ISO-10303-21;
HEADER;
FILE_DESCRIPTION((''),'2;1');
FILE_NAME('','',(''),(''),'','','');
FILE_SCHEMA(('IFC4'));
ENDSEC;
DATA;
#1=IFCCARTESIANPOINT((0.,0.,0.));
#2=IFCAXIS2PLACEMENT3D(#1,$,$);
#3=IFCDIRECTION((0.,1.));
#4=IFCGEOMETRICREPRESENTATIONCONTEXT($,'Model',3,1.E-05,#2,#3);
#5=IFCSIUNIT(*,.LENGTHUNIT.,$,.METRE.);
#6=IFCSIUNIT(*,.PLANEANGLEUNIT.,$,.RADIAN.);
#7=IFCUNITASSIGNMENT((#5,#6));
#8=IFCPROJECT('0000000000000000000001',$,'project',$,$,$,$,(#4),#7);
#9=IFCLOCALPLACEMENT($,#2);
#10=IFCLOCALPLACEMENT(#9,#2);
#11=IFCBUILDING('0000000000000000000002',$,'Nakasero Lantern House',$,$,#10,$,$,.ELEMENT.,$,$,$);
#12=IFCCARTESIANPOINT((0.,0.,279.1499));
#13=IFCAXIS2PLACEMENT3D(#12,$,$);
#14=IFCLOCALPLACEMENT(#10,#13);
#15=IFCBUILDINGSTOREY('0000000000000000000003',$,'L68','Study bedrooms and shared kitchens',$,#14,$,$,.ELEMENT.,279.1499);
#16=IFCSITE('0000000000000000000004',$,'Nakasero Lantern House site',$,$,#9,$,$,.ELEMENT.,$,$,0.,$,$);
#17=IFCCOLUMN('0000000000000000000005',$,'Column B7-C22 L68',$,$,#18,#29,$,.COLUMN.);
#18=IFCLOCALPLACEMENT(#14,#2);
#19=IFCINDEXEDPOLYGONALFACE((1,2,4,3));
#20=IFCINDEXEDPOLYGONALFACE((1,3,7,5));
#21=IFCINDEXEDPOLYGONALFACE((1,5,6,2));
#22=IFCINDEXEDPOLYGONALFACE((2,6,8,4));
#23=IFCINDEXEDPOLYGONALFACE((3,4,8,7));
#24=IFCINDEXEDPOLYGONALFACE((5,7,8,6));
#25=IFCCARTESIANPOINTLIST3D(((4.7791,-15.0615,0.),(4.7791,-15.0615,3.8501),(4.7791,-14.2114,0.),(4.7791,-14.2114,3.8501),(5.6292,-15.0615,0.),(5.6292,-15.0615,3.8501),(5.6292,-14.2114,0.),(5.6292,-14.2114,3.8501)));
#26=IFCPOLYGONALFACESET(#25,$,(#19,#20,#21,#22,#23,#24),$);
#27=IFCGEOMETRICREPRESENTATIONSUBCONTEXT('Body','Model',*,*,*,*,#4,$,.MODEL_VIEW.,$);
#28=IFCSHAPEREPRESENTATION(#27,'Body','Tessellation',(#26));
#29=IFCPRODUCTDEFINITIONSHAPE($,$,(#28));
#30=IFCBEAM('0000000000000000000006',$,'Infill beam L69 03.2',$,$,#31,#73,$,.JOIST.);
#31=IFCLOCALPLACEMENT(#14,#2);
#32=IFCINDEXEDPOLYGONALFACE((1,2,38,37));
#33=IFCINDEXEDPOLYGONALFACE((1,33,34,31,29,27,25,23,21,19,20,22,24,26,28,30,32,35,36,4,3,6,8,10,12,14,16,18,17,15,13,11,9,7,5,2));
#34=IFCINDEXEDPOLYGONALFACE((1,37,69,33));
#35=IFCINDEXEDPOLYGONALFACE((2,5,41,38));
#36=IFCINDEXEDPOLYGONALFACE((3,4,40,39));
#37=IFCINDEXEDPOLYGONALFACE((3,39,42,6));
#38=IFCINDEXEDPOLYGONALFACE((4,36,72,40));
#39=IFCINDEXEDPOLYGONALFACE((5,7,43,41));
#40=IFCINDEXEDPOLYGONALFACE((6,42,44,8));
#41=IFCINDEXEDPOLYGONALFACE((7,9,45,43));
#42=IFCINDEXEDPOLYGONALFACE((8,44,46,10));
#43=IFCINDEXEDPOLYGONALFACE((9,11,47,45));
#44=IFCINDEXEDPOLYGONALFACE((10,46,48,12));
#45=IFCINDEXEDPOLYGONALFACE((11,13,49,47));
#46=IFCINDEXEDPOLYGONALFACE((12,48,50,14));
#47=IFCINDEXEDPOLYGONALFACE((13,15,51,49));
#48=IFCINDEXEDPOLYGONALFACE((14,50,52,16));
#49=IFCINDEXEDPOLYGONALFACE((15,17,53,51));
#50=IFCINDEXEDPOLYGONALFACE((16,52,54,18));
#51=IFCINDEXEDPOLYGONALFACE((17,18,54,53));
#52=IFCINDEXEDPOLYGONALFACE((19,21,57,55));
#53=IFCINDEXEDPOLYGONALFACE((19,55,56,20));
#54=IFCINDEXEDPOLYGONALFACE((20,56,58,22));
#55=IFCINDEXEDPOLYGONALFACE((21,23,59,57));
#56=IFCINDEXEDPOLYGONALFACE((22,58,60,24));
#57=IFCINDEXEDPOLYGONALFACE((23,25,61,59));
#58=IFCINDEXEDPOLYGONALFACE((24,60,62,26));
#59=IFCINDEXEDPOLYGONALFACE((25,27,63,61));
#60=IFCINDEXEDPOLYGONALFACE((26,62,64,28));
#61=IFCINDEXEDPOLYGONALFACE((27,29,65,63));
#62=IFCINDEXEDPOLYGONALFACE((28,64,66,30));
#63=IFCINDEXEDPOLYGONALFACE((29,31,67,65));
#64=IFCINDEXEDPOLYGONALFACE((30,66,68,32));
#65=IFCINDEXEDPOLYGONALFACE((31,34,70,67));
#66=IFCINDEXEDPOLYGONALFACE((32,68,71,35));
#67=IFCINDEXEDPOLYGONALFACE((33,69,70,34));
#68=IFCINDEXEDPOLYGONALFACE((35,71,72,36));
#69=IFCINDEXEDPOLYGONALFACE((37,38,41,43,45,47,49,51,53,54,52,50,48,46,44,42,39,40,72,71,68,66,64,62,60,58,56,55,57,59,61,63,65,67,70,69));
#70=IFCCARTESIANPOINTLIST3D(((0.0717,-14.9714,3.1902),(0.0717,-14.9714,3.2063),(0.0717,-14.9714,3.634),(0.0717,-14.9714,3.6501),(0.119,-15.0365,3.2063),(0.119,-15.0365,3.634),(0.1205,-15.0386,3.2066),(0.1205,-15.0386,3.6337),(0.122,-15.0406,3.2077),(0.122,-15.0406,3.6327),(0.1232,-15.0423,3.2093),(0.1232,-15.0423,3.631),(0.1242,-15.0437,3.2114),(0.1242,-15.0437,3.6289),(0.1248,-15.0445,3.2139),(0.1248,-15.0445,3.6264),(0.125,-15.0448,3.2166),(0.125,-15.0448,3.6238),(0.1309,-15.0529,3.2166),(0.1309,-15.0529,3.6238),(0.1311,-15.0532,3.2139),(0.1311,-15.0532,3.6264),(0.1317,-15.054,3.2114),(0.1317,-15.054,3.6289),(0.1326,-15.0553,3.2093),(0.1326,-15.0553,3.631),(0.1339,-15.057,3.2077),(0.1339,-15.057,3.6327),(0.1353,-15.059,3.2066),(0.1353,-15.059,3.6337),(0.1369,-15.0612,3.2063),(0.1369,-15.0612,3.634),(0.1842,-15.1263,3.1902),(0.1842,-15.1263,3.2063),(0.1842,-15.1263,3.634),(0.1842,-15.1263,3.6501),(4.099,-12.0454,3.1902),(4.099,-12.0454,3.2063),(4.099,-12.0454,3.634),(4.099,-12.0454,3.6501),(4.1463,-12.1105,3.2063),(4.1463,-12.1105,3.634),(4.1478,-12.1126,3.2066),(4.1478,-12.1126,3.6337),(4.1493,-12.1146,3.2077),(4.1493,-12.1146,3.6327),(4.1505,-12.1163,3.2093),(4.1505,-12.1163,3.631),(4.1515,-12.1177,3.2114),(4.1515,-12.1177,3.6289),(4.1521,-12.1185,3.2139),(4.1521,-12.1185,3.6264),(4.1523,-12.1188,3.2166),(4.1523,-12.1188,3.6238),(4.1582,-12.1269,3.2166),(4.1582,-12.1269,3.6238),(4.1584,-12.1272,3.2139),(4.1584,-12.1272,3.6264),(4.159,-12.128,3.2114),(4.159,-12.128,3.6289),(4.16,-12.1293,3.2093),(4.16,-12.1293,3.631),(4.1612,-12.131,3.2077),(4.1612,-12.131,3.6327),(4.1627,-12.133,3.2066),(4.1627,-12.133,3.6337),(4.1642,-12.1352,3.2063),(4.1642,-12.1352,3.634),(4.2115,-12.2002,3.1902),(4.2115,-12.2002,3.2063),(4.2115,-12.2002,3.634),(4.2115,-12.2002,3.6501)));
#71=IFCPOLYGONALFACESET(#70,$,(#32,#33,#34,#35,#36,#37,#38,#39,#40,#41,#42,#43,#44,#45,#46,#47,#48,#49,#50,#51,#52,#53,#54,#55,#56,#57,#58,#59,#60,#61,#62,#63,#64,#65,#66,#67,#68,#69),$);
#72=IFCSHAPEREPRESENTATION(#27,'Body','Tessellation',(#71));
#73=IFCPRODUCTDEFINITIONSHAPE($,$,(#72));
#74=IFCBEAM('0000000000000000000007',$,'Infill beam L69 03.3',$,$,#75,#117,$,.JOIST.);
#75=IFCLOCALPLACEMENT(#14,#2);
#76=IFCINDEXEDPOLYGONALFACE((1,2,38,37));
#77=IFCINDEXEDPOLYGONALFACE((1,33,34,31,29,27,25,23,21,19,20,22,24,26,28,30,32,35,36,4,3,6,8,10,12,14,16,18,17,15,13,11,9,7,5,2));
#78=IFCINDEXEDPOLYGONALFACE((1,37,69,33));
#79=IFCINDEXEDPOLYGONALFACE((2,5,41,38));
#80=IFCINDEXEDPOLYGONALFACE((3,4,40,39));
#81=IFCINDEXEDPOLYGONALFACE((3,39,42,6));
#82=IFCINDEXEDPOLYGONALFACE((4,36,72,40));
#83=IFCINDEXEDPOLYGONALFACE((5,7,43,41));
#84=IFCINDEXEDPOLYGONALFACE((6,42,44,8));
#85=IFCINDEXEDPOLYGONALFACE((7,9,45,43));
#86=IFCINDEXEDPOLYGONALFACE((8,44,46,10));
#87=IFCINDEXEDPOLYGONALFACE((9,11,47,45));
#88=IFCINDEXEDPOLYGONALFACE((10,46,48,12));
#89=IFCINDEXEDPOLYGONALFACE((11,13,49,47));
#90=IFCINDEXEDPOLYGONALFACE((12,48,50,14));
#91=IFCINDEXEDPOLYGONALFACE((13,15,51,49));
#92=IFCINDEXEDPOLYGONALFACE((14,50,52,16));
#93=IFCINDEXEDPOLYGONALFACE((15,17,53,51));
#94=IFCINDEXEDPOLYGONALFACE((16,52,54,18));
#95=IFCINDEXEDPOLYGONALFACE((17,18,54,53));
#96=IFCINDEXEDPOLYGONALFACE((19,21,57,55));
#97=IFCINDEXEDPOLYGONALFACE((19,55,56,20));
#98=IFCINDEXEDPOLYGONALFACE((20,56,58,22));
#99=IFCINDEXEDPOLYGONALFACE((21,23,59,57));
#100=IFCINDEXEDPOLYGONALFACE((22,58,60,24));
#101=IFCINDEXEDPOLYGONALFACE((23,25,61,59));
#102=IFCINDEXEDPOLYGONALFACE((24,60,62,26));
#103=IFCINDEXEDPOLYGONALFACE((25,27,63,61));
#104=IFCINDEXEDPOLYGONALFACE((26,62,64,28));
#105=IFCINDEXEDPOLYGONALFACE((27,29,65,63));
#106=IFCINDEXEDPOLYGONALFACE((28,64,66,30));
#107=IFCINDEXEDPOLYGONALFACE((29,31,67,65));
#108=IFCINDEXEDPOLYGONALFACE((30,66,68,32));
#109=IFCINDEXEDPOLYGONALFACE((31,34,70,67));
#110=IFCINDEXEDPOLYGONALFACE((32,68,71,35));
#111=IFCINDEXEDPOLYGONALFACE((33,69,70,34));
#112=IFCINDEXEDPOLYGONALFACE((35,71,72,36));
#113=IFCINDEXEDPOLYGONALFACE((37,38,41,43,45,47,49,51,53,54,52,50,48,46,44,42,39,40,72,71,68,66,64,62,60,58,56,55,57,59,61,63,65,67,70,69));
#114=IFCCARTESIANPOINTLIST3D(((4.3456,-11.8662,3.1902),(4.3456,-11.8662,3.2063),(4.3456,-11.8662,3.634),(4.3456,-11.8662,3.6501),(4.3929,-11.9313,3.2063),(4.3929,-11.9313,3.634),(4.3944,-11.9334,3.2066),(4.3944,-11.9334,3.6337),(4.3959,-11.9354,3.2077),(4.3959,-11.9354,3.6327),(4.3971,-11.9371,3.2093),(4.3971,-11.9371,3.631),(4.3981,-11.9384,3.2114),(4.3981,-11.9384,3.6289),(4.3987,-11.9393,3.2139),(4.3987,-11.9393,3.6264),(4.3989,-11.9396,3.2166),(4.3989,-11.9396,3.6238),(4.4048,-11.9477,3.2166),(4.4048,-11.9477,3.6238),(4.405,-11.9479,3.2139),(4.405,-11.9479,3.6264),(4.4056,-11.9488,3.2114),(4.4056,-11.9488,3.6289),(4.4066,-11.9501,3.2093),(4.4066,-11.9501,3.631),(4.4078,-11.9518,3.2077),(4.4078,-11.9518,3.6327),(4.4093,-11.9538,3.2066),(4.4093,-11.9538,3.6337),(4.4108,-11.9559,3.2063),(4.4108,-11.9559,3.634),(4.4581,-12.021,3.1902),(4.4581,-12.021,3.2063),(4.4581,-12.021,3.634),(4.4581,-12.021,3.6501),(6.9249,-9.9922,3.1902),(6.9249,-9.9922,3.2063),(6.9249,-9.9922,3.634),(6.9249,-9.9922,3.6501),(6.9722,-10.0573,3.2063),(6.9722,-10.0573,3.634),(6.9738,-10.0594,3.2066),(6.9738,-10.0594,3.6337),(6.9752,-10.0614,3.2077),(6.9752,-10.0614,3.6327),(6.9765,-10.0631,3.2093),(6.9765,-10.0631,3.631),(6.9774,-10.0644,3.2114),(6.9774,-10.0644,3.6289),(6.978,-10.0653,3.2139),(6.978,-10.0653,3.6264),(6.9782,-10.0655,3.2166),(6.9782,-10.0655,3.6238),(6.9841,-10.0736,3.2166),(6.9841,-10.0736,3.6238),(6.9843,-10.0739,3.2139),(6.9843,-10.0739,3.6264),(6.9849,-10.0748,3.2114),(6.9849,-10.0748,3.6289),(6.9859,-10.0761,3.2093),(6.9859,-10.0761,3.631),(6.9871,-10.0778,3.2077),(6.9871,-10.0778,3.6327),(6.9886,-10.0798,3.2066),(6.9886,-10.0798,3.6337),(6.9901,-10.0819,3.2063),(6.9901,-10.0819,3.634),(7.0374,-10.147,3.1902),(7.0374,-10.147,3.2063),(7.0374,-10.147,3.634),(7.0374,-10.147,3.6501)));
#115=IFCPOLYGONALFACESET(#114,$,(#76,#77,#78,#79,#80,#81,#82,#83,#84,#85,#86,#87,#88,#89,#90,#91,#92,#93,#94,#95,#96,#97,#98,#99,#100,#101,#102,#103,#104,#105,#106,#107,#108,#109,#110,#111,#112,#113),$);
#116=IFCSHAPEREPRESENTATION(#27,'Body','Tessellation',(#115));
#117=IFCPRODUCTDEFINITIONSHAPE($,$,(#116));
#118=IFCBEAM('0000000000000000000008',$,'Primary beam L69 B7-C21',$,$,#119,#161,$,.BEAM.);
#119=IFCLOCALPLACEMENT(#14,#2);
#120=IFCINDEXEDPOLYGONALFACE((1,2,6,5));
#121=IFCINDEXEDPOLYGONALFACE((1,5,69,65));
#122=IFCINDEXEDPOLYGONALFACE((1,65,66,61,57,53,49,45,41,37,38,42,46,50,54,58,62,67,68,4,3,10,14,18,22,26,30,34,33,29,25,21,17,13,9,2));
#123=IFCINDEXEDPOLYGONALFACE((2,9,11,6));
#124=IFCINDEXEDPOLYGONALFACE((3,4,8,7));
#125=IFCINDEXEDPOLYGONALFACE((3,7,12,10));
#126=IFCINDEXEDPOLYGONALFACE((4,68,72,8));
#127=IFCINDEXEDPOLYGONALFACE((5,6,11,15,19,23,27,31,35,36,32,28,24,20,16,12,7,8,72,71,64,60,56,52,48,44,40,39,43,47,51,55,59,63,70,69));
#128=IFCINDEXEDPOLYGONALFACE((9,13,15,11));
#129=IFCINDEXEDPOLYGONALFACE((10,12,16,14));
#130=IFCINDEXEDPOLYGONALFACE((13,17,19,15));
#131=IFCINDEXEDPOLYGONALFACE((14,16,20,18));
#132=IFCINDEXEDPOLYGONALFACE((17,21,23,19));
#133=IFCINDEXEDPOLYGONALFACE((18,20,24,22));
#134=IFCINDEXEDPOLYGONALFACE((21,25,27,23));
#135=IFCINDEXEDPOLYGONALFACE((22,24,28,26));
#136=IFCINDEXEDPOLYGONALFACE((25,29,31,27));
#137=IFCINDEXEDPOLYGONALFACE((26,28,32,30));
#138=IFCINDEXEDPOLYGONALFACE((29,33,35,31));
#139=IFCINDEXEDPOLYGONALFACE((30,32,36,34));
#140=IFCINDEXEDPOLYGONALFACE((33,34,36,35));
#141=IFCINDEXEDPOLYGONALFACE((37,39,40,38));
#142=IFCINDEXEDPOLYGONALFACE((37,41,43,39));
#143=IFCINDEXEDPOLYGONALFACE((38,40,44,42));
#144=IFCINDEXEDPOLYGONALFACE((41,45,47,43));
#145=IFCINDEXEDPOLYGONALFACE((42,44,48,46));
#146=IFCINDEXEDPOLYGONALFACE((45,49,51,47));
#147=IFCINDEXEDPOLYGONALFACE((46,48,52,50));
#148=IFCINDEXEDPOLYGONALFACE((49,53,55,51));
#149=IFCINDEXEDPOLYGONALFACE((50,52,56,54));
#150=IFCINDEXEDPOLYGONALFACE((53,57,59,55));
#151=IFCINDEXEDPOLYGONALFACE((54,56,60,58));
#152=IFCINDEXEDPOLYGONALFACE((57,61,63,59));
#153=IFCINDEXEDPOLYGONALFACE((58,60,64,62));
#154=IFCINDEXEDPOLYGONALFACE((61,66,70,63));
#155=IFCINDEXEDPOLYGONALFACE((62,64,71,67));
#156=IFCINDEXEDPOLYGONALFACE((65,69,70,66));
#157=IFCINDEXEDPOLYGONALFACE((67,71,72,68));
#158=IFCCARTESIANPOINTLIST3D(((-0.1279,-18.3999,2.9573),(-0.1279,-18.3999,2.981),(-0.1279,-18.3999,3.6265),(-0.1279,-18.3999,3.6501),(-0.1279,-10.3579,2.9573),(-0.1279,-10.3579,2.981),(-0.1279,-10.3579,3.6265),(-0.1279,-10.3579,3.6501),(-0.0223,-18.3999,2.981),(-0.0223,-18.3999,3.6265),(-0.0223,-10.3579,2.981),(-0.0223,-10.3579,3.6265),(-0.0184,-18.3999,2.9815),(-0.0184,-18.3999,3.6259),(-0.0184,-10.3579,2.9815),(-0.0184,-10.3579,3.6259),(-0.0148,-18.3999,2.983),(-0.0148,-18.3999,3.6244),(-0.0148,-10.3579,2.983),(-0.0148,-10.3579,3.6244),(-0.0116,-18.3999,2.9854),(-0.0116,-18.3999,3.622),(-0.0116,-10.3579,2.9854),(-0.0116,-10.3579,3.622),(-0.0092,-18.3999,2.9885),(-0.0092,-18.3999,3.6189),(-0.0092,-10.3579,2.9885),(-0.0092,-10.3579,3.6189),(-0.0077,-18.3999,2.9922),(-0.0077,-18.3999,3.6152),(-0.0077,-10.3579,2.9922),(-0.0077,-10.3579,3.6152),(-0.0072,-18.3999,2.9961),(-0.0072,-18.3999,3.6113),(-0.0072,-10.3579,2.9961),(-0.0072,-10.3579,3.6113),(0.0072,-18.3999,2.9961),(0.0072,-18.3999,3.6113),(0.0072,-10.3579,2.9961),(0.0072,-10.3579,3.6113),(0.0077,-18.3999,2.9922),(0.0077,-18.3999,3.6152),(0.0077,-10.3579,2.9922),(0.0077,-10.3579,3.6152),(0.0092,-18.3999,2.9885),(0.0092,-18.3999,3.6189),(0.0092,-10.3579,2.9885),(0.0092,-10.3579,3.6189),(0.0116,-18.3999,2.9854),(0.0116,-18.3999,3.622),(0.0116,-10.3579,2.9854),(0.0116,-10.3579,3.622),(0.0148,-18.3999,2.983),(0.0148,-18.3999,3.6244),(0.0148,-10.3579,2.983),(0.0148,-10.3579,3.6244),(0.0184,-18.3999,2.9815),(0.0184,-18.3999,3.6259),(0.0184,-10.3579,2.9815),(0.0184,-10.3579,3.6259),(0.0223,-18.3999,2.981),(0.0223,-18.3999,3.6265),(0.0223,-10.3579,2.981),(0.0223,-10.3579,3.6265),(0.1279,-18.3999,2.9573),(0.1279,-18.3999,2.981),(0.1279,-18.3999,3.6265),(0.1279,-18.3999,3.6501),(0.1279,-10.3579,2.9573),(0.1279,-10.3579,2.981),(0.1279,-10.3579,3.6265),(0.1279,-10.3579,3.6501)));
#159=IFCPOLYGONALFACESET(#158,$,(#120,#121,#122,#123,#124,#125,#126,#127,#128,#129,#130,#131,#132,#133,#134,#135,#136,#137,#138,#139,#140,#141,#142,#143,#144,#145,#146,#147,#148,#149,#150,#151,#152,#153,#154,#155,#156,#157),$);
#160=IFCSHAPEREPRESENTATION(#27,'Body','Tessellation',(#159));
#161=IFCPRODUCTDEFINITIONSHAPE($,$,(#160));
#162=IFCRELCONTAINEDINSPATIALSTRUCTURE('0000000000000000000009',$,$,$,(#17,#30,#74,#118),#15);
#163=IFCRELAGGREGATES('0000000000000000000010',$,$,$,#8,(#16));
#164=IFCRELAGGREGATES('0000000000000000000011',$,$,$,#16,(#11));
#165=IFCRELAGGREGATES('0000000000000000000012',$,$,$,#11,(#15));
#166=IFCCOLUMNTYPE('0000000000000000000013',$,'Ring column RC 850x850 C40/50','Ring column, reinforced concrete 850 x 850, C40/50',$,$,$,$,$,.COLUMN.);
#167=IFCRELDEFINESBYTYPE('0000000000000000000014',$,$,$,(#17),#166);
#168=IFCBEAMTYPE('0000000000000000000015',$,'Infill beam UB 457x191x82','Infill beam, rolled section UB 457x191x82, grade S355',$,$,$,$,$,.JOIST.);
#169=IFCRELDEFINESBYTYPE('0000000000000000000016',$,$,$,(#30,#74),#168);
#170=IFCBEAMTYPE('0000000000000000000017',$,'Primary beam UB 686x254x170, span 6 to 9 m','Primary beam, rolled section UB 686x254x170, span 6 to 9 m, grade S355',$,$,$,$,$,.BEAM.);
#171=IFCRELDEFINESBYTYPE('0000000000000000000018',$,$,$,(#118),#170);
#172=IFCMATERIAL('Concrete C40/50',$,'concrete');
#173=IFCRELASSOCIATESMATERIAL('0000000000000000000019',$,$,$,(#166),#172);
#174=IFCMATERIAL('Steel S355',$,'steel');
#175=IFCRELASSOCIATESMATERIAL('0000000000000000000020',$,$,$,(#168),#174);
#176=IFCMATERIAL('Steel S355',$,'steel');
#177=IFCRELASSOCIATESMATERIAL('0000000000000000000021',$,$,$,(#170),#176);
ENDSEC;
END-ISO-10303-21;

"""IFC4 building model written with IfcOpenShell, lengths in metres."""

from ifc_helpers import new_model, si_unit, direction, frame, origin, origin_2d, place, context, subcontext, project, spatial, rectangle, i_section, extrude, material, material_profile, profile_set, type_object, element, save


model = new_model("IFC4")

# Units and contexts
model_context = context("Model", 3, precision=1e-05, world=origin(), true_north=direction((0.0, 1.0)))
body_context = subcontext(model_context, "Body", "Model", "MODEL_VIEW")
ifc_project = project(units=[si_unit("LENGTHUNIT", "METRE"), si_unit("PLANEANGLEUNIT", "RADIAN")], contexts=[model_context])

# Site, building, storey
site_placement = place(None, origin())
site = spatial("IfcSite", under=ifc_project, at=site_placement, Name="Nakasero Lantern House site", CompositionType="ELEMENT", RefElevation=0.0)
building_placement = place(site_placement, origin())
building = spatial("IfcBuilding", under=site, at=building_placement, Name="Nakasero Lantern House", CompositionType="ELEMENT")
storey_placement = place(building_placement, frame((0.0, 0.0, 279.1499)))
storey = spatial("IfcBuildingStorey", under=building, at=storey_placement, Name="L68", Description="Study bedrooms and shared kitchens", CompositionType="ELEMENT", Elevation=279.1499)

# Column
ifc_material_1 = material(Name="Concrete C40/50", Category="concrete")
ifc_material_profile_1 = material_profile(ifc_material_1, rectangle(XDim=0.8501, YDim=0.8501, at=origin_2d()), Name="RC 850x850")
ifc_profile_set_1 = profile_set([ifc_material_profile_1], Name="Concrete C40/50")
column_type = type_object("IfcColumnType", Name="Ring column RC 850x850 C40/50", Description="Ring column, reinforced concrete 850 x 850, C40/50", PredefinedType="COLUMN", material=ifc_profile_set_1)
column_placement = place(storey_placement, frame((5.2041, -14.6365, 0.0), z_axis=(0.0, 0.0, 1.0), x_axis=(1.0, 0.0, 0.0)))
element("IfcColumn", 1, at=column_placement, inside=storey, type_object=column_type, Name="Column B7-C22 L68", PredefinedType="COLUMN", context=body_context, shape_type="SweptSolid", body=[
    extrude(rectangle(XDim=0.8501, YDim=0.8501, at=origin_2d()), origin(), (0.0, 0.0, 1.0), 3.8501),
])

# Beams
ifc_material_2 = material(Name="Steel S355", Category="steel")
ifc_material_profile_2 = material_profile(ifc_material_2, i_section(OverallWidth=0.1914, OverallDepth=0.46, WebThickness=0.01, FlangeThickness=0.0161, FilletRadius=0.0103, at=origin_2d()), Name="UB 457x191x82")
ifc_profile_set_2 = profile_set([ifc_material_profile_2], Name="Steel S355")
beam_type_1 = type_object("IfcBeamType", Name="Infill beam UB 457x191x82", Description="Infill beam, rolled section UB 457x191x82, grade S355", PredefinedType="JOIST", material=ifc_profile_set_2)
beam_1_placement = place(storey_placement, frame((0.1279, -15.0488, 3.4202), z_axis=(0.809018, 0.587784, 0.0), x_axis=(-0.587784, 0.809018, 0.0)))
element("IfcBeam", 2, at=beam_1_placement, inside=storey, type_object=beam_type_1, Name="Infill beam L69 03.2", PredefinedType="JOIST", context=body_context, shape_type="SweptSolid", body=[
    extrude(i_section(OverallWidth=0.1914, OverallDepth=0.46, WebThickness=0.01, FlangeThickness=0.0161, FilletRadius=0.0103, at=origin_2d()), origin(), (0.0, 0.0, 1.0), 4.978),
])
beam_2_placement = place(storey_placement, frame((4.4019, -11.9436, 3.4202), z_axis=(0.809014, 0.587789, 0.0), x_axis=(-0.587789, 0.809014, 0.0)))
element("IfcBeam", 3, at=beam_2_placement, inside=storey, type_object=beam_type_1, Name="Infill beam L69 03.3", PredefinedType="JOIST", context=body_context, shape_type="SweptSolid", body=[
    extrude(i_section(OverallWidth=0.1914, OverallDepth=0.46, WebThickness=0.01, FlangeThickness=0.0161, FilletRadius=0.0103, at=origin_2d()), origin(), (0.0, 0.0, 1.0), 3.1882),
])
ifc_material_3 = material(Name="Steel S355", Category="steel")
ifc_material_profile_3 = material_profile(ifc_material_3, i_section(OverallWidth=0.2559, OverallDepth=0.6929, WebThickness=0.0144, FlangeThickness=0.0237, FilletRadius=0.0151, at=origin_2d()), Name="UB 686x254x170")
ifc_profile_set_3 = profile_set([ifc_material_profile_3], Name="Steel S355")
beam_type_2 = type_object("IfcBeamType", Name="Primary beam UB 686x254x170, span 6 to 9 m", Description="Primary beam, rolled section UB 686x254x170, span 6 to 9 m, grade S355", PredefinedType="BEAM", material=ifc_profile_set_3)
beam_3_placement = place(storey_placement, frame((0.0, -18.3999, 3.3037), z_axis=(0.0, 1.0, 0.0), x_axis=(-1.0, 0.0, 0.0)))
element("IfcBeam", 4, at=beam_3_placement, inside=storey, type_object=beam_type_2, Name="Primary beam L69 B7-C21", PredefinedType="BEAM", context=body_context, shape_type="SweptSolid", body=[
    extrude(i_section(OverallWidth=0.2559, OverallDepth=0.6929, WebThickness=0.0144, FlangeThickness=0.0237, FilletRadius=0.0151, at=origin_2d()), origin(), (0.0, 0.0, 1.0), 8.042),
])

save(model, "model.ifc")
